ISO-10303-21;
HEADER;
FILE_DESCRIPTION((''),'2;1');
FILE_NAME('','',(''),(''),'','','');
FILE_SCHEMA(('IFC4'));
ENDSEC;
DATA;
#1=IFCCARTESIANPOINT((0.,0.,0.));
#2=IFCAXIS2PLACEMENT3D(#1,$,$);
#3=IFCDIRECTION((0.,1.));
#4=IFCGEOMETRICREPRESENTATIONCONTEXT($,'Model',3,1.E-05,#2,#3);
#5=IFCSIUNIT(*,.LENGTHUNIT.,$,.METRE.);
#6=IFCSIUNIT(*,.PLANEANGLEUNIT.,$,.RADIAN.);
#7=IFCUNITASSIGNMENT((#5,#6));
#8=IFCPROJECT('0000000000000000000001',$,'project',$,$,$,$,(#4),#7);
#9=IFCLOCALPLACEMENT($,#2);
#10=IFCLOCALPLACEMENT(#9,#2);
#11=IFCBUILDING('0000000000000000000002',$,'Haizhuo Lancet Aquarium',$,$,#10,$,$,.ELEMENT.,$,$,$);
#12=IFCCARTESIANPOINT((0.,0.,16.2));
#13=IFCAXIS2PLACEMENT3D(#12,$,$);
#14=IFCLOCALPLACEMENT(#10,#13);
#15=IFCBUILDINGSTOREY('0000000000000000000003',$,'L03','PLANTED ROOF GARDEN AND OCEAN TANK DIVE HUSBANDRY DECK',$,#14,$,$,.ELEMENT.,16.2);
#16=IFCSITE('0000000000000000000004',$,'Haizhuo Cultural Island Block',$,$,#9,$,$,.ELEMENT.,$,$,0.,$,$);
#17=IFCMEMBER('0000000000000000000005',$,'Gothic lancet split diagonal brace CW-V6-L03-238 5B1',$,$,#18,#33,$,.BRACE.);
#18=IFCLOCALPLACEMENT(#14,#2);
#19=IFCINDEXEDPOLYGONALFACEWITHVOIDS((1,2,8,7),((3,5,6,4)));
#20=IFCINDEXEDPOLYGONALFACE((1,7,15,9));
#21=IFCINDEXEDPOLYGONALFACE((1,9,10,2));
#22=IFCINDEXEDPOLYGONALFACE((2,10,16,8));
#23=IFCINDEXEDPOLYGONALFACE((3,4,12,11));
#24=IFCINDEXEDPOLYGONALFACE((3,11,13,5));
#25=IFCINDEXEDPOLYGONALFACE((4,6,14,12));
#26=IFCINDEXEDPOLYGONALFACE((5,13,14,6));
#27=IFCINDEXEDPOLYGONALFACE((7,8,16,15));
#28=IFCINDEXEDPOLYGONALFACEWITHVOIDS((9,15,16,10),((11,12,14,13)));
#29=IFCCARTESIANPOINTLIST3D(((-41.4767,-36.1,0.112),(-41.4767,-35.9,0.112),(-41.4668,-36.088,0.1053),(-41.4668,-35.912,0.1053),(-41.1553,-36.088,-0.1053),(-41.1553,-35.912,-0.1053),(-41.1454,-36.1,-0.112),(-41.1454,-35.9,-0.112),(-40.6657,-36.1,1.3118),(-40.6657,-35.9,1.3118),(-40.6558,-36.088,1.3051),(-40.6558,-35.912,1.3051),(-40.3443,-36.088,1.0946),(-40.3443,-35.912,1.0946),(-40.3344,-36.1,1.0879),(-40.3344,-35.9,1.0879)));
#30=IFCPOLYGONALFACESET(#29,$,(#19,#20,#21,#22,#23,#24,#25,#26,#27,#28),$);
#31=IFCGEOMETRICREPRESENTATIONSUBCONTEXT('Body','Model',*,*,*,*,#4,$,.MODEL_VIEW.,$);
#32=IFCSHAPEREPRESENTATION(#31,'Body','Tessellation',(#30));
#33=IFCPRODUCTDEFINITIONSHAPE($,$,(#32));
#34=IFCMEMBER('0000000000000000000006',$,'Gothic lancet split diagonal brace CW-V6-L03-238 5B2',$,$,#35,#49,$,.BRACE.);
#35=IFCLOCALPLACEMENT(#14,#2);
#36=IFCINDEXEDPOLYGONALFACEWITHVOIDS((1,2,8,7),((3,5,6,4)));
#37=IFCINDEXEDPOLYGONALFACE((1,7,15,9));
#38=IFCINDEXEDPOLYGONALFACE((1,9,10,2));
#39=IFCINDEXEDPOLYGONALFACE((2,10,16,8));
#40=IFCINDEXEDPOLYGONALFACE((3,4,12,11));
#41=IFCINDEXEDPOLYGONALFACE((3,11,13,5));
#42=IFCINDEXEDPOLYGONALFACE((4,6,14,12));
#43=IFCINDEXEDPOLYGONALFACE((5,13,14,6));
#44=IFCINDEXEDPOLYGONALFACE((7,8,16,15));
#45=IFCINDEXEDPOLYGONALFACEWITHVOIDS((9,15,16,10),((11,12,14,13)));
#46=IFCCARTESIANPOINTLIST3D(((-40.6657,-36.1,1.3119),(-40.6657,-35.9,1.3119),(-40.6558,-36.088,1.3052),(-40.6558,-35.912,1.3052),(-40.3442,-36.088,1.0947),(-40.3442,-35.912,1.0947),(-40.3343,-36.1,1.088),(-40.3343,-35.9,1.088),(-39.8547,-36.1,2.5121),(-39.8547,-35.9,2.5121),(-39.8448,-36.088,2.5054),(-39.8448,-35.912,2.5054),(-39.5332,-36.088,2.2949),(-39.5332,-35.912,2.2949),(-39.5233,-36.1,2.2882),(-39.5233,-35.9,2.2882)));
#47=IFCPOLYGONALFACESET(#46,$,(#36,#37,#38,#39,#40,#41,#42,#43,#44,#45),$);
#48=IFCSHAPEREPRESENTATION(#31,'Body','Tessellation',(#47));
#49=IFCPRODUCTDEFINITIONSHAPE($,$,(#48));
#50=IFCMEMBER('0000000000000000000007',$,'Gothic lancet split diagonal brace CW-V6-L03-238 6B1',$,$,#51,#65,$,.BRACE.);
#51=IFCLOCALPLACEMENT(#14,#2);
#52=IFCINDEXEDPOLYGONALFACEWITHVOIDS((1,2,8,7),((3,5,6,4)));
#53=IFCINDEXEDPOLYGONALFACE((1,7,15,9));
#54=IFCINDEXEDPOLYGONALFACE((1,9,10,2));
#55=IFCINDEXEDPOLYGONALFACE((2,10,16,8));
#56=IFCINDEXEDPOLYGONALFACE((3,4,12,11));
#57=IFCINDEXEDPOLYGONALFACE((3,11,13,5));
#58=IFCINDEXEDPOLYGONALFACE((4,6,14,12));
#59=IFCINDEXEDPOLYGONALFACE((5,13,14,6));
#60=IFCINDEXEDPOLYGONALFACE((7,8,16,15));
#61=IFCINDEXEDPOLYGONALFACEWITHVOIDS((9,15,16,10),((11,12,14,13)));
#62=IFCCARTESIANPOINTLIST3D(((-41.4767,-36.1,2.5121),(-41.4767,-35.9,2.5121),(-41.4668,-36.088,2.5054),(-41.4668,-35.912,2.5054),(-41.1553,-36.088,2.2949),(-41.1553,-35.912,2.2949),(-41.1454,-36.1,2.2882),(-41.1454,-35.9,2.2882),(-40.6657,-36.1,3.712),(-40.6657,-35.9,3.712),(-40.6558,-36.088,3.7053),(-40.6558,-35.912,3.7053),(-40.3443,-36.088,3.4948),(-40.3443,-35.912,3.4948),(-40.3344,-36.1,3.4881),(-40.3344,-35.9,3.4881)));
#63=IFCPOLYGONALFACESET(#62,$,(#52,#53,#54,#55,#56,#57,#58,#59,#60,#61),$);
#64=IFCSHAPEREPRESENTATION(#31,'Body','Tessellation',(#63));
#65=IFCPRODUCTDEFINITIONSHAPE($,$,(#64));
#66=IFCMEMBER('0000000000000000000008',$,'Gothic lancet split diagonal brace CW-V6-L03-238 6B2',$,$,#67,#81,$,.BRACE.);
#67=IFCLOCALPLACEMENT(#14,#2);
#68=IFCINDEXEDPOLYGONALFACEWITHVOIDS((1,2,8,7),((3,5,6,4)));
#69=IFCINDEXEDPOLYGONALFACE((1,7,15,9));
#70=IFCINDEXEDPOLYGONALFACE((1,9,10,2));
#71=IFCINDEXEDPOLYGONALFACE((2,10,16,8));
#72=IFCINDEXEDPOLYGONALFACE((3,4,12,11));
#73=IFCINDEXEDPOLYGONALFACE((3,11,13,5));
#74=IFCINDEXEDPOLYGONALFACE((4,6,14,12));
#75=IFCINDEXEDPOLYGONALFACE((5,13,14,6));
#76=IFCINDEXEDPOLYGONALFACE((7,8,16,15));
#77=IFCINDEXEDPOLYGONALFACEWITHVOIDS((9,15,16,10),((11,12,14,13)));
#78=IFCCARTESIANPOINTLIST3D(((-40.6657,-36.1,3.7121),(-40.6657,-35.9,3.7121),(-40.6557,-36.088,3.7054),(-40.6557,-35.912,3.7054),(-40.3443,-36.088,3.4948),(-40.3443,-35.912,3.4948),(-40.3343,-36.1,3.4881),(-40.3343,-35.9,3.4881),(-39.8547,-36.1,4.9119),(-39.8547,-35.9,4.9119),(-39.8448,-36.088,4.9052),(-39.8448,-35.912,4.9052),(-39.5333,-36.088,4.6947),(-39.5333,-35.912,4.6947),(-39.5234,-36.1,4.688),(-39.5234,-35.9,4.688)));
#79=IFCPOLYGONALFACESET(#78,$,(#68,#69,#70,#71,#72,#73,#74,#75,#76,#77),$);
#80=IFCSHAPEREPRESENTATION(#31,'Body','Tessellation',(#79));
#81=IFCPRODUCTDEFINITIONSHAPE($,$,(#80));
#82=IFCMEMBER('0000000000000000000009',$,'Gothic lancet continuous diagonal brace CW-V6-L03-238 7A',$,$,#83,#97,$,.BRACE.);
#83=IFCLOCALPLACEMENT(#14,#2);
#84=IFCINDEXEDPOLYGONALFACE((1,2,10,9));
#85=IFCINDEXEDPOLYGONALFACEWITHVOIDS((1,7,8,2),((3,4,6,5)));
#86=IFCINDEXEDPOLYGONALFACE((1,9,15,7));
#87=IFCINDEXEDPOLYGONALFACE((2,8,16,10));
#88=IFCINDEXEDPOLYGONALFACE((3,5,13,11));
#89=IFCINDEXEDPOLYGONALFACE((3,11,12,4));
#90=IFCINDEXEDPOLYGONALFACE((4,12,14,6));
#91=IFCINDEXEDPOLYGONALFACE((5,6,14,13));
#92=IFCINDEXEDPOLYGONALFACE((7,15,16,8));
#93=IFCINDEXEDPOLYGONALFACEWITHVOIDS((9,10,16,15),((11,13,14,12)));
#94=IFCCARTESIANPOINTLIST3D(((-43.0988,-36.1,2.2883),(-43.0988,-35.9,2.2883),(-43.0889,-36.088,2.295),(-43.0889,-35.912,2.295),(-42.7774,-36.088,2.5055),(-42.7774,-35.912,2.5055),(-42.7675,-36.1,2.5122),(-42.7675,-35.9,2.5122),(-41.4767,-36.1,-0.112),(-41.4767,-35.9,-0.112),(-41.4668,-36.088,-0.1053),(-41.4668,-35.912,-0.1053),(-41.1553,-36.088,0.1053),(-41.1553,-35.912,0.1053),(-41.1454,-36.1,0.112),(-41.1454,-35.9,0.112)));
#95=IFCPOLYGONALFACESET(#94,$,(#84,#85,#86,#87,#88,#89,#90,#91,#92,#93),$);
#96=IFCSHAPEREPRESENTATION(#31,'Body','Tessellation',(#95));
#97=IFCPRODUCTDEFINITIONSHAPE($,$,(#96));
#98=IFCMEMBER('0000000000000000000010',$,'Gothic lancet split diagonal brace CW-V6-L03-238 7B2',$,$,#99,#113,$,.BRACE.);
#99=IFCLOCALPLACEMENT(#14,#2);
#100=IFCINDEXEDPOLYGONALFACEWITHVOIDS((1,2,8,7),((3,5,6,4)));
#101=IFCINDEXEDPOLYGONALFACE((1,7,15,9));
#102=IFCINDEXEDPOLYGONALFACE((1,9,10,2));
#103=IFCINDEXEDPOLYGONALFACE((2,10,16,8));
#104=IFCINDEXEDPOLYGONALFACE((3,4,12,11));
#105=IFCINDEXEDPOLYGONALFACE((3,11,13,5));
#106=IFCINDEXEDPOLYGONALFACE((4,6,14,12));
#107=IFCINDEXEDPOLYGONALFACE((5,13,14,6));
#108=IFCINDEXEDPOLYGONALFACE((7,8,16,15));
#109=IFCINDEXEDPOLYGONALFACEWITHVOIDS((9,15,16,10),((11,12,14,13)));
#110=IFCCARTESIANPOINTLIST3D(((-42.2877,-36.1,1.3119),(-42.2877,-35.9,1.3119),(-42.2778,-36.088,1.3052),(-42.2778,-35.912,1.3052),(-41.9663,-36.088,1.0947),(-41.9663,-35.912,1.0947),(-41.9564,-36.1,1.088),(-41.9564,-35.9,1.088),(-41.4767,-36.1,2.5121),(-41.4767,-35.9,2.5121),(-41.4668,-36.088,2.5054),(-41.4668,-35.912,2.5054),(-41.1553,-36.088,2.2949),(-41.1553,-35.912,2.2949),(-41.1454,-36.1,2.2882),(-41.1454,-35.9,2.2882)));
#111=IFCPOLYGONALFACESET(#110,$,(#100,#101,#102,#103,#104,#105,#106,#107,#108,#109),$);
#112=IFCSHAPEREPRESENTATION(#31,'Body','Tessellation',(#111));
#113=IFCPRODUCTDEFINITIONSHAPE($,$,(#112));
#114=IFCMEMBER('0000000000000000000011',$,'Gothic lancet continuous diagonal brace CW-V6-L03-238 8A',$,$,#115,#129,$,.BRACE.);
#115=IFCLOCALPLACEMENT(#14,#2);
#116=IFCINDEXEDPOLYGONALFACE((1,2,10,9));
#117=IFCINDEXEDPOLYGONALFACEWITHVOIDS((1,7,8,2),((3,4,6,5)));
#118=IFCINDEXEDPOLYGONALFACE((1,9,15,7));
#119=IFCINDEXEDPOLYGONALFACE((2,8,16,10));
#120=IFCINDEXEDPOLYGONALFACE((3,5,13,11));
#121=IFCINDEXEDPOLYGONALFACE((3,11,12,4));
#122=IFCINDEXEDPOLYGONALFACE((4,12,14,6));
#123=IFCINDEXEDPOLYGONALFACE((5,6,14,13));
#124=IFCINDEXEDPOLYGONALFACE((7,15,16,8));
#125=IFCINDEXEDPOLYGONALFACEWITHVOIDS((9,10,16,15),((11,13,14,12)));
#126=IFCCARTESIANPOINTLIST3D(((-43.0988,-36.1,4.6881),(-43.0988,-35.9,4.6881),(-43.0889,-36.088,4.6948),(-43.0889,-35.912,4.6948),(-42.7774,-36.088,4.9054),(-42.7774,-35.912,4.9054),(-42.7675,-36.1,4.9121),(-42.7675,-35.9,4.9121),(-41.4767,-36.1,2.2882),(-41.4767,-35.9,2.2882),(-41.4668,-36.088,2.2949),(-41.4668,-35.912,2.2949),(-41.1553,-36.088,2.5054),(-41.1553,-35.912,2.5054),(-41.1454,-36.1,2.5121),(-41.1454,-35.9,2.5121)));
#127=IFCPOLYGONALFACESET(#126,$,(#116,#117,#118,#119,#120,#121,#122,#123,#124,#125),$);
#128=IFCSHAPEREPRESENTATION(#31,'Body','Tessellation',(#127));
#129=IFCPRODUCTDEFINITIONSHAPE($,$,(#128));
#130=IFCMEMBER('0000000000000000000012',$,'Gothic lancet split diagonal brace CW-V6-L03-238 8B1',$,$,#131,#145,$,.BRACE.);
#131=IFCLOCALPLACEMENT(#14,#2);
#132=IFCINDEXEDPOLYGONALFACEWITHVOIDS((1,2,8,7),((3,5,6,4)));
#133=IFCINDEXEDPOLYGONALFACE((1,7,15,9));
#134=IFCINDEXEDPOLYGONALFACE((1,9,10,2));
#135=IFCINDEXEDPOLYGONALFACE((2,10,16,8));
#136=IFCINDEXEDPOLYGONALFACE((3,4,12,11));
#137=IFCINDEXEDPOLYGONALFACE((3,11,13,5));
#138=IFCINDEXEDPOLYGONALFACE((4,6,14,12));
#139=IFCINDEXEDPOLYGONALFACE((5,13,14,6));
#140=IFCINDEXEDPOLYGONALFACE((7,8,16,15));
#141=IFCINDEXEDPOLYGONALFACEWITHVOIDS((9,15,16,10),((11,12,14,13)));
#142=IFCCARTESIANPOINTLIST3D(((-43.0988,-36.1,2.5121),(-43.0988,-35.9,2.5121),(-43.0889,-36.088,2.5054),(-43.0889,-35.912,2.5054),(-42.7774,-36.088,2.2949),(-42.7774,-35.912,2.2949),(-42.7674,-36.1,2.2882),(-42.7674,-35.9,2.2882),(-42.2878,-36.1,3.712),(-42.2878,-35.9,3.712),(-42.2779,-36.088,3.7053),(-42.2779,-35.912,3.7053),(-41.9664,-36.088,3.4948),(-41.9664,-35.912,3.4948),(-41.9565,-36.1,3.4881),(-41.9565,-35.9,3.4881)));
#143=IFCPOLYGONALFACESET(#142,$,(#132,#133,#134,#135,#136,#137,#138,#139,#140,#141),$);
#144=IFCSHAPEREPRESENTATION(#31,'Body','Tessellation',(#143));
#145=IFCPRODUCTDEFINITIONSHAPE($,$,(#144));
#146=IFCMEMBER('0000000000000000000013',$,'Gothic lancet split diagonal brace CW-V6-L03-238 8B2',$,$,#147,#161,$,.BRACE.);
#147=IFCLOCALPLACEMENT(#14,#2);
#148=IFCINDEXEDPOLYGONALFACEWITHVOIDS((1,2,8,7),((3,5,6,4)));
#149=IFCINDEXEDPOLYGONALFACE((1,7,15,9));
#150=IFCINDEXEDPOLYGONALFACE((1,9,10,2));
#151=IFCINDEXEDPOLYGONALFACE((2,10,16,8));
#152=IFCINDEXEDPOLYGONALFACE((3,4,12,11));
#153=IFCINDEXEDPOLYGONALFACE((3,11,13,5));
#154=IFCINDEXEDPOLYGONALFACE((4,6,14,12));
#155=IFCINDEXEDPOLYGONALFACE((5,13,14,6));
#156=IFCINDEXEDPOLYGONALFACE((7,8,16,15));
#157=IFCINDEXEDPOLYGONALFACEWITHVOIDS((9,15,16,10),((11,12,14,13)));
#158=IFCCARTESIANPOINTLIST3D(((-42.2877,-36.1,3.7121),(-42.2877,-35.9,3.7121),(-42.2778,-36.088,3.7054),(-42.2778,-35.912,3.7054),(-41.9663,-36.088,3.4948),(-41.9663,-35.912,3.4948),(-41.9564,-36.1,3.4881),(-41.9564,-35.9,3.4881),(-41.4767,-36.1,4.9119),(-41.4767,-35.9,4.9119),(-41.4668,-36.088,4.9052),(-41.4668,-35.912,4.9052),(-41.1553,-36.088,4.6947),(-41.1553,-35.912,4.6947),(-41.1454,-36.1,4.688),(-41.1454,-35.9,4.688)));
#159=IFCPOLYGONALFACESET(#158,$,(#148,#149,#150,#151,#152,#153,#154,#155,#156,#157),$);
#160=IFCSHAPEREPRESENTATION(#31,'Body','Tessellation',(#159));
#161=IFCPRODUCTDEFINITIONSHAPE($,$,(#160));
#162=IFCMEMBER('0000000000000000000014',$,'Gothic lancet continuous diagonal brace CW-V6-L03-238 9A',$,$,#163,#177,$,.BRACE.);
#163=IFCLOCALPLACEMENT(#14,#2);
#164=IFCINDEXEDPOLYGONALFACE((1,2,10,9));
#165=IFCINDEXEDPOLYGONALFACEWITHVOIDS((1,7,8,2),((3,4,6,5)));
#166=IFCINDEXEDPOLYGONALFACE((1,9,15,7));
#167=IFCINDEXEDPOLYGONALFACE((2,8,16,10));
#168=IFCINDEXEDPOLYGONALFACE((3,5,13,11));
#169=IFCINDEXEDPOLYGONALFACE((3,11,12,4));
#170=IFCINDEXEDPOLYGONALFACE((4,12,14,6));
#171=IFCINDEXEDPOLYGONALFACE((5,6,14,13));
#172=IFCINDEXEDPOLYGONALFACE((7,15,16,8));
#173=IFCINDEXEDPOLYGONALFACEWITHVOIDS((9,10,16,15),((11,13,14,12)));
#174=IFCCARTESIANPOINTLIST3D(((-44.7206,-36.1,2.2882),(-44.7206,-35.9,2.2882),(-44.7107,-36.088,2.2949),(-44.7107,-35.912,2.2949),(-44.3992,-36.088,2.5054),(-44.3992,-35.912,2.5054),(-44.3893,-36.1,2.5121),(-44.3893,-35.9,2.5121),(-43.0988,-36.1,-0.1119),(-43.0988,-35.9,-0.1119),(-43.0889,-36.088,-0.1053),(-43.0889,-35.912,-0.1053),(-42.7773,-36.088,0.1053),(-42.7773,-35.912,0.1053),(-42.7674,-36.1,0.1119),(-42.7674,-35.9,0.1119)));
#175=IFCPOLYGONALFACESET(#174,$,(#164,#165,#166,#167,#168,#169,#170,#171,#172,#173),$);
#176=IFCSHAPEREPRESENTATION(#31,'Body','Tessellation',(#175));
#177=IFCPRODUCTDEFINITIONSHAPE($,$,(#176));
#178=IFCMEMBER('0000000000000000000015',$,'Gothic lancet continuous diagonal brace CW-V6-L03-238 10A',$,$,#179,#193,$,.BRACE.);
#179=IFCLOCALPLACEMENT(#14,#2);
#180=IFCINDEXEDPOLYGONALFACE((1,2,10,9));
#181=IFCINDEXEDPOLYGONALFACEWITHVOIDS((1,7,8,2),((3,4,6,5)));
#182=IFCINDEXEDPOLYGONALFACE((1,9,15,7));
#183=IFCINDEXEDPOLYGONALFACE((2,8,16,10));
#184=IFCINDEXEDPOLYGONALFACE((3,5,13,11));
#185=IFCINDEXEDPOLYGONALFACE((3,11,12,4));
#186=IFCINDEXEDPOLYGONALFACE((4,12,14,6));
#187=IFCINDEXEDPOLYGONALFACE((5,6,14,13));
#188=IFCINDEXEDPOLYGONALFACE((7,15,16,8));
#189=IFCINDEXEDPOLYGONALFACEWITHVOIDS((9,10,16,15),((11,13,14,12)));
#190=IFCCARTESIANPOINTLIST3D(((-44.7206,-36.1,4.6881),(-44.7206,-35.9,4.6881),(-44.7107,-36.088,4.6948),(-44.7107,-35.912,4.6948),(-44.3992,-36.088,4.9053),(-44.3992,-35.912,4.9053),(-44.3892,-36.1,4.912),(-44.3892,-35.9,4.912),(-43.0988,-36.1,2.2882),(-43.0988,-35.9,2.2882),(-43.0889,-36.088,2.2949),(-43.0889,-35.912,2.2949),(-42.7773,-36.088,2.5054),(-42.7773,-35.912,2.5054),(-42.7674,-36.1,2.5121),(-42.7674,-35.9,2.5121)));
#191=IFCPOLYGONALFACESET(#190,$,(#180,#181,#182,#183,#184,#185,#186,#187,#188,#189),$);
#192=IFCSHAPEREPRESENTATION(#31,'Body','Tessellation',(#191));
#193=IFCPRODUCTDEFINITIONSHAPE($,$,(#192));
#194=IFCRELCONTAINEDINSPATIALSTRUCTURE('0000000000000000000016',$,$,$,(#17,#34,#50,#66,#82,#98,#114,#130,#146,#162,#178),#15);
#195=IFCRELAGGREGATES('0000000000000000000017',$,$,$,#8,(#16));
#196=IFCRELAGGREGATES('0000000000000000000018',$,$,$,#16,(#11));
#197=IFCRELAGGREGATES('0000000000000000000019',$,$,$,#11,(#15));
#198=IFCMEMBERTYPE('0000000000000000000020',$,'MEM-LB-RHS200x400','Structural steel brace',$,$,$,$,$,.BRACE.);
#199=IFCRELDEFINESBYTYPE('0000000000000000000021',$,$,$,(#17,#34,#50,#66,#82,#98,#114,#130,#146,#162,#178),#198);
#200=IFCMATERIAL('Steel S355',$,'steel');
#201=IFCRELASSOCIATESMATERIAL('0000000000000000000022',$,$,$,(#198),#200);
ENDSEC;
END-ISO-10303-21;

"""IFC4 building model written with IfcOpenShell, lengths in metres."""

from ifc_helpers import new_model, si_unit, direction, frame, origin, origin_2d, place, context, subcontext, project, spatial, hollow_rectangle, extrude, material, material_profile, profile_set, type_object, element, save


model = new_model("IFC4")

# Units and contexts
model_context = context("Model", 3, precision=1e-05, world=origin(), true_north=direction((0.0, 1.0)))
body_context = subcontext(model_context, "Body", "Model", "MODEL_VIEW")
ifc_project = project(units=[si_unit("LENGTHUNIT", "METRE"), si_unit("PLANEANGLEUNIT", "RADIAN")], contexts=[model_context])

# Site, building, storey
site_placement = place(None, origin())
site = spatial("IfcSite", under=ifc_project, at=site_placement, Name="Haizhuo Cultural Island Block", CompositionType="ELEMENT", RefElevation=0.0)
building_placement = place(site_placement, origin())
building = spatial("IfcBuilding", under=site, at=building_placement, Name="Haizhuo Lancet Aquarium", CompositionType="ELEMENT")
storey_placement = place(building_placement, frame((0.0, 0.0, 16.2)))
storey = spatial("IfcBuildingStorey", under=building, at=storey_placement, Name="L03", Description="PLANTED ROOF GARDEN AND OCEAN TANK DIVE HUSBANDRY DECK", CompositionType="ELEMENT", Elevation=16.2)

# Members
ifc_material_1 = material(Name="Steel S355", Category="steel")
ifc_material_profile_1 = material_profile(ifc_material_1, hollow_rectangle(XDim=0.2, YDim=0.3999, WallThickness=0.012, at=origin_2d()), Name="RHS 200x400x12")
ifc_profile_set_1 = profile_set([ifc_material_profile_1], Name="Steel S355")
member_type_1 = type_object("IfcMemberType", Name="MEM-LB-RHS200x400", Description="Structural steel brace", PredefinedType="BRACE", material=ifc_profile_set_1)
member_1_placement = place(storey_placement, frame((-41.311, -36.0, 0.0), z_axis=(0.559979, 0.0, 0.828507), x_axis=(0.0, 1.0, 0.0)))
element("IfcMember", 1, at=member_1_placement, inside=storey, type_object=member_type_1, Name="Gothic lancet split diagonal brace CW-V6-L03-238 5B1", PredefinedType="BRACE", context=body_context, shape_type="SweptSolid", body=[
    extrude(hollow_rectangle(XDim=0.2, YDim=0.3999, WallThickness=0.012, at=origin_2d()), origin(), (0.0, 0.0, 1.0), 1.4482),
])
member_2_placement = place(storey_placement, frame((-40.5, -36.0, 1.2), z_axis=(0.559901, 0.0, 0.828559), x_axis=(0.0, 1.0, 0.0)))
element("IfcMember", 2, at=member_2_placement, inside=storey, type_object=member_type_1, Name="Gothic lancet split diagonal brace CW-V6-L03-238 5B2", PredefinedType="BRACE", context=body_context, shape_type="SweptSolid", body=[
    extrude(hollow_rectangle(XDim=0.2, YDim=0.3999, WallThickness=0.012, at=origin_2d()), origin(), (0.0, 0.0, 1.0), 1.4485),
])
for number, where, z_axis, x_axis, name in (
    (3, (-41.311, -36.0, 2.4001), (0.559979, 0.0, 0.828507), (0.0, 1.0, 0.0), "Gothic lancet split diagonal brace CW-V6-L03-238 6B1"),
    (4, (-40.5, -36.0, 3.6001), (0.559979, 0.0, 0.828507), (0.0, 1.0, 0.0), "Gothic lancet split diagonal brace CW-V6-L03-238 6B2"),
):
    element("IfcMember", number, at=place(storey_placement, frame(where, z_axis=z_axis, x_axis=x_axis)), inside=storey, type_object=member_type_1, Name=name, PredefinedType="BRACE", context=body_context, shape_type="SweptSolid", body=[
        extrude(hollow_rectangle(XDim=0.2, YDim=0.3999, WallThickness=0.012, at=origin_2d()), origin(), (0.0, 0.0, 1.0), 1.4482),
    ])
member_3_placement = place(storey_placement, frame((-41.311, -36.0, 0.0), z_axis=(-0.55994, 0.0, 0.828533), x_axis=(0.0, -1.0, 0.0)))
element("IfcMember", 5, at=member_3_placement, inside=storey, type_object=member_type_1, Name="Gothic lancet continuous diagonal brace CW-V6-L03-238 7A", PredefinedType="BRACE", context=body_context, shape_type="SweptSolid", body=[
    extrude(hollow_rectangle(XDim=0.2, YDim=0.3999, WallThickness=0.012, at=origin_2d()), origin(), (0.0, 0.0, 1.0), 2.897),
])
member_4_placement = place(storey_placement, frame((-42.1221, -36.0, 1.2), z_axis=(0.559901, 0.0, 0.828559), x_axis=(0.0, 1.0, 0.0)))
element("IfcMember", 6, at=member_4_placement, inside=storey, type_object=member_type_1, Name="Gothic lancet split diagonal brace CW-V6-L03-238 7B2", PredefinedType="BRACE", context=body_context, shape_type="SweptSolid", body=[
    extrude(hollow_rectangle(XDim=0.2, YDim=0.3999, WallThickness=0.012, at=origin_2d()), origin(), (0.0, 0.0, 1.0), 1.4485),
])
member_5_placement = place(storey_placement, frame((-41.311, -36.0, 2.4001), z_axis=(-0.559979, 0.0, 0.828507), x_axis=(0.0, -1.0, 0.0)))
element("IfcMember", 7, at=member_5_placement, inside=storey, type_object=member_type_1, Name="Gothic lancet continuous diagonal brace CW-V6-L03-238 8A", PredefinedType="BRACE", context=body_context, shape_type="SweptSolid", body=[
    extrude(hollow_rectangle(XDim=0.2, YDim=0.3999, WallThickness=0.012, at=origin_2d()), origin(), (0.0, 0.0, 1.0), 2.8967),
])
for number, where, z_axis, x_axis, name in (
    (8, (-42.9331, -36.0, 2.4001), (0.559979, 0.0, 0.828507), (0.0, 1.0, 0.0), "Gothic lancet split diagonal brace CW-V6-L03-238 8B1"),
    (9, (-42.1221, -36.0, 3.6001), (0.559979, 0.0, 0.828507), (0.0, 1.0, 0.0), "Gothic lancet split diagonal brace CW-V6-L03-238 8B2"),
):
    element("IfcMember", number, at=place(storey_placement, frame(where, z_axis=z_axis, x_axis=x_axis)), inside=storey, type_object=member_type_1, Name=name, PredefinedType="BRACE", context=body_context, shape_type="SweptSolid", body=[
        extrude(hollow_rectangle(XDim=0.2, YDim=0.3999, WallThickness=0.012, at=origin_2d()), origin(), (0.0, 0.0, 1.0), 1.4482),
    ])
member_6_placement = place(storey_placement, frame((-42.9331, -36.0, 0.0), z_axis=(-0.559882, 0.0, 0.828572), x_axis=(0.0, -1.0, 0.0)))
element("IfcMember", 10, at=member_6_placement, inside=storey, type_object=member_type_1, Name="Gothic lancet continuous diagonal brace CW-V6-L03-238 9A", PredefinedType="BRACE", context=body_context, shape_type="SweptSolid", body=[
    extrude(hollow_rectangle(XDim=0.2, YDim=0.3999, WallThickness=0.012, at=origin_2d()), origin(), (0.0, 0.0, 1.0), 2.8967),
])
member_7_placement = place(storey_placement, frame((-42.9331, -36.0, 2.4001), z_axis=(-0.559922, 0.0, 0.828546), x_axis=(0.0, -1.0, 0.0)))
element("IfcMember", 11, at=member_7_placement, inside=storey, type_object=member_type_1, Name="Gothic lancet continuous diagonal brace CW-V6-L03-238 10A", PredefinedType="BRACE", context=body_context, shape_type="SweptSolid", body=[
    extrude(hollow_rectangle(XDim=0.2, YDim=0.3999, WallThickness=0.012, at=origin_2d()), origin(), (0.0, 0.0, 1.0), 2.8965),
])

save(model, "model.ifc")
